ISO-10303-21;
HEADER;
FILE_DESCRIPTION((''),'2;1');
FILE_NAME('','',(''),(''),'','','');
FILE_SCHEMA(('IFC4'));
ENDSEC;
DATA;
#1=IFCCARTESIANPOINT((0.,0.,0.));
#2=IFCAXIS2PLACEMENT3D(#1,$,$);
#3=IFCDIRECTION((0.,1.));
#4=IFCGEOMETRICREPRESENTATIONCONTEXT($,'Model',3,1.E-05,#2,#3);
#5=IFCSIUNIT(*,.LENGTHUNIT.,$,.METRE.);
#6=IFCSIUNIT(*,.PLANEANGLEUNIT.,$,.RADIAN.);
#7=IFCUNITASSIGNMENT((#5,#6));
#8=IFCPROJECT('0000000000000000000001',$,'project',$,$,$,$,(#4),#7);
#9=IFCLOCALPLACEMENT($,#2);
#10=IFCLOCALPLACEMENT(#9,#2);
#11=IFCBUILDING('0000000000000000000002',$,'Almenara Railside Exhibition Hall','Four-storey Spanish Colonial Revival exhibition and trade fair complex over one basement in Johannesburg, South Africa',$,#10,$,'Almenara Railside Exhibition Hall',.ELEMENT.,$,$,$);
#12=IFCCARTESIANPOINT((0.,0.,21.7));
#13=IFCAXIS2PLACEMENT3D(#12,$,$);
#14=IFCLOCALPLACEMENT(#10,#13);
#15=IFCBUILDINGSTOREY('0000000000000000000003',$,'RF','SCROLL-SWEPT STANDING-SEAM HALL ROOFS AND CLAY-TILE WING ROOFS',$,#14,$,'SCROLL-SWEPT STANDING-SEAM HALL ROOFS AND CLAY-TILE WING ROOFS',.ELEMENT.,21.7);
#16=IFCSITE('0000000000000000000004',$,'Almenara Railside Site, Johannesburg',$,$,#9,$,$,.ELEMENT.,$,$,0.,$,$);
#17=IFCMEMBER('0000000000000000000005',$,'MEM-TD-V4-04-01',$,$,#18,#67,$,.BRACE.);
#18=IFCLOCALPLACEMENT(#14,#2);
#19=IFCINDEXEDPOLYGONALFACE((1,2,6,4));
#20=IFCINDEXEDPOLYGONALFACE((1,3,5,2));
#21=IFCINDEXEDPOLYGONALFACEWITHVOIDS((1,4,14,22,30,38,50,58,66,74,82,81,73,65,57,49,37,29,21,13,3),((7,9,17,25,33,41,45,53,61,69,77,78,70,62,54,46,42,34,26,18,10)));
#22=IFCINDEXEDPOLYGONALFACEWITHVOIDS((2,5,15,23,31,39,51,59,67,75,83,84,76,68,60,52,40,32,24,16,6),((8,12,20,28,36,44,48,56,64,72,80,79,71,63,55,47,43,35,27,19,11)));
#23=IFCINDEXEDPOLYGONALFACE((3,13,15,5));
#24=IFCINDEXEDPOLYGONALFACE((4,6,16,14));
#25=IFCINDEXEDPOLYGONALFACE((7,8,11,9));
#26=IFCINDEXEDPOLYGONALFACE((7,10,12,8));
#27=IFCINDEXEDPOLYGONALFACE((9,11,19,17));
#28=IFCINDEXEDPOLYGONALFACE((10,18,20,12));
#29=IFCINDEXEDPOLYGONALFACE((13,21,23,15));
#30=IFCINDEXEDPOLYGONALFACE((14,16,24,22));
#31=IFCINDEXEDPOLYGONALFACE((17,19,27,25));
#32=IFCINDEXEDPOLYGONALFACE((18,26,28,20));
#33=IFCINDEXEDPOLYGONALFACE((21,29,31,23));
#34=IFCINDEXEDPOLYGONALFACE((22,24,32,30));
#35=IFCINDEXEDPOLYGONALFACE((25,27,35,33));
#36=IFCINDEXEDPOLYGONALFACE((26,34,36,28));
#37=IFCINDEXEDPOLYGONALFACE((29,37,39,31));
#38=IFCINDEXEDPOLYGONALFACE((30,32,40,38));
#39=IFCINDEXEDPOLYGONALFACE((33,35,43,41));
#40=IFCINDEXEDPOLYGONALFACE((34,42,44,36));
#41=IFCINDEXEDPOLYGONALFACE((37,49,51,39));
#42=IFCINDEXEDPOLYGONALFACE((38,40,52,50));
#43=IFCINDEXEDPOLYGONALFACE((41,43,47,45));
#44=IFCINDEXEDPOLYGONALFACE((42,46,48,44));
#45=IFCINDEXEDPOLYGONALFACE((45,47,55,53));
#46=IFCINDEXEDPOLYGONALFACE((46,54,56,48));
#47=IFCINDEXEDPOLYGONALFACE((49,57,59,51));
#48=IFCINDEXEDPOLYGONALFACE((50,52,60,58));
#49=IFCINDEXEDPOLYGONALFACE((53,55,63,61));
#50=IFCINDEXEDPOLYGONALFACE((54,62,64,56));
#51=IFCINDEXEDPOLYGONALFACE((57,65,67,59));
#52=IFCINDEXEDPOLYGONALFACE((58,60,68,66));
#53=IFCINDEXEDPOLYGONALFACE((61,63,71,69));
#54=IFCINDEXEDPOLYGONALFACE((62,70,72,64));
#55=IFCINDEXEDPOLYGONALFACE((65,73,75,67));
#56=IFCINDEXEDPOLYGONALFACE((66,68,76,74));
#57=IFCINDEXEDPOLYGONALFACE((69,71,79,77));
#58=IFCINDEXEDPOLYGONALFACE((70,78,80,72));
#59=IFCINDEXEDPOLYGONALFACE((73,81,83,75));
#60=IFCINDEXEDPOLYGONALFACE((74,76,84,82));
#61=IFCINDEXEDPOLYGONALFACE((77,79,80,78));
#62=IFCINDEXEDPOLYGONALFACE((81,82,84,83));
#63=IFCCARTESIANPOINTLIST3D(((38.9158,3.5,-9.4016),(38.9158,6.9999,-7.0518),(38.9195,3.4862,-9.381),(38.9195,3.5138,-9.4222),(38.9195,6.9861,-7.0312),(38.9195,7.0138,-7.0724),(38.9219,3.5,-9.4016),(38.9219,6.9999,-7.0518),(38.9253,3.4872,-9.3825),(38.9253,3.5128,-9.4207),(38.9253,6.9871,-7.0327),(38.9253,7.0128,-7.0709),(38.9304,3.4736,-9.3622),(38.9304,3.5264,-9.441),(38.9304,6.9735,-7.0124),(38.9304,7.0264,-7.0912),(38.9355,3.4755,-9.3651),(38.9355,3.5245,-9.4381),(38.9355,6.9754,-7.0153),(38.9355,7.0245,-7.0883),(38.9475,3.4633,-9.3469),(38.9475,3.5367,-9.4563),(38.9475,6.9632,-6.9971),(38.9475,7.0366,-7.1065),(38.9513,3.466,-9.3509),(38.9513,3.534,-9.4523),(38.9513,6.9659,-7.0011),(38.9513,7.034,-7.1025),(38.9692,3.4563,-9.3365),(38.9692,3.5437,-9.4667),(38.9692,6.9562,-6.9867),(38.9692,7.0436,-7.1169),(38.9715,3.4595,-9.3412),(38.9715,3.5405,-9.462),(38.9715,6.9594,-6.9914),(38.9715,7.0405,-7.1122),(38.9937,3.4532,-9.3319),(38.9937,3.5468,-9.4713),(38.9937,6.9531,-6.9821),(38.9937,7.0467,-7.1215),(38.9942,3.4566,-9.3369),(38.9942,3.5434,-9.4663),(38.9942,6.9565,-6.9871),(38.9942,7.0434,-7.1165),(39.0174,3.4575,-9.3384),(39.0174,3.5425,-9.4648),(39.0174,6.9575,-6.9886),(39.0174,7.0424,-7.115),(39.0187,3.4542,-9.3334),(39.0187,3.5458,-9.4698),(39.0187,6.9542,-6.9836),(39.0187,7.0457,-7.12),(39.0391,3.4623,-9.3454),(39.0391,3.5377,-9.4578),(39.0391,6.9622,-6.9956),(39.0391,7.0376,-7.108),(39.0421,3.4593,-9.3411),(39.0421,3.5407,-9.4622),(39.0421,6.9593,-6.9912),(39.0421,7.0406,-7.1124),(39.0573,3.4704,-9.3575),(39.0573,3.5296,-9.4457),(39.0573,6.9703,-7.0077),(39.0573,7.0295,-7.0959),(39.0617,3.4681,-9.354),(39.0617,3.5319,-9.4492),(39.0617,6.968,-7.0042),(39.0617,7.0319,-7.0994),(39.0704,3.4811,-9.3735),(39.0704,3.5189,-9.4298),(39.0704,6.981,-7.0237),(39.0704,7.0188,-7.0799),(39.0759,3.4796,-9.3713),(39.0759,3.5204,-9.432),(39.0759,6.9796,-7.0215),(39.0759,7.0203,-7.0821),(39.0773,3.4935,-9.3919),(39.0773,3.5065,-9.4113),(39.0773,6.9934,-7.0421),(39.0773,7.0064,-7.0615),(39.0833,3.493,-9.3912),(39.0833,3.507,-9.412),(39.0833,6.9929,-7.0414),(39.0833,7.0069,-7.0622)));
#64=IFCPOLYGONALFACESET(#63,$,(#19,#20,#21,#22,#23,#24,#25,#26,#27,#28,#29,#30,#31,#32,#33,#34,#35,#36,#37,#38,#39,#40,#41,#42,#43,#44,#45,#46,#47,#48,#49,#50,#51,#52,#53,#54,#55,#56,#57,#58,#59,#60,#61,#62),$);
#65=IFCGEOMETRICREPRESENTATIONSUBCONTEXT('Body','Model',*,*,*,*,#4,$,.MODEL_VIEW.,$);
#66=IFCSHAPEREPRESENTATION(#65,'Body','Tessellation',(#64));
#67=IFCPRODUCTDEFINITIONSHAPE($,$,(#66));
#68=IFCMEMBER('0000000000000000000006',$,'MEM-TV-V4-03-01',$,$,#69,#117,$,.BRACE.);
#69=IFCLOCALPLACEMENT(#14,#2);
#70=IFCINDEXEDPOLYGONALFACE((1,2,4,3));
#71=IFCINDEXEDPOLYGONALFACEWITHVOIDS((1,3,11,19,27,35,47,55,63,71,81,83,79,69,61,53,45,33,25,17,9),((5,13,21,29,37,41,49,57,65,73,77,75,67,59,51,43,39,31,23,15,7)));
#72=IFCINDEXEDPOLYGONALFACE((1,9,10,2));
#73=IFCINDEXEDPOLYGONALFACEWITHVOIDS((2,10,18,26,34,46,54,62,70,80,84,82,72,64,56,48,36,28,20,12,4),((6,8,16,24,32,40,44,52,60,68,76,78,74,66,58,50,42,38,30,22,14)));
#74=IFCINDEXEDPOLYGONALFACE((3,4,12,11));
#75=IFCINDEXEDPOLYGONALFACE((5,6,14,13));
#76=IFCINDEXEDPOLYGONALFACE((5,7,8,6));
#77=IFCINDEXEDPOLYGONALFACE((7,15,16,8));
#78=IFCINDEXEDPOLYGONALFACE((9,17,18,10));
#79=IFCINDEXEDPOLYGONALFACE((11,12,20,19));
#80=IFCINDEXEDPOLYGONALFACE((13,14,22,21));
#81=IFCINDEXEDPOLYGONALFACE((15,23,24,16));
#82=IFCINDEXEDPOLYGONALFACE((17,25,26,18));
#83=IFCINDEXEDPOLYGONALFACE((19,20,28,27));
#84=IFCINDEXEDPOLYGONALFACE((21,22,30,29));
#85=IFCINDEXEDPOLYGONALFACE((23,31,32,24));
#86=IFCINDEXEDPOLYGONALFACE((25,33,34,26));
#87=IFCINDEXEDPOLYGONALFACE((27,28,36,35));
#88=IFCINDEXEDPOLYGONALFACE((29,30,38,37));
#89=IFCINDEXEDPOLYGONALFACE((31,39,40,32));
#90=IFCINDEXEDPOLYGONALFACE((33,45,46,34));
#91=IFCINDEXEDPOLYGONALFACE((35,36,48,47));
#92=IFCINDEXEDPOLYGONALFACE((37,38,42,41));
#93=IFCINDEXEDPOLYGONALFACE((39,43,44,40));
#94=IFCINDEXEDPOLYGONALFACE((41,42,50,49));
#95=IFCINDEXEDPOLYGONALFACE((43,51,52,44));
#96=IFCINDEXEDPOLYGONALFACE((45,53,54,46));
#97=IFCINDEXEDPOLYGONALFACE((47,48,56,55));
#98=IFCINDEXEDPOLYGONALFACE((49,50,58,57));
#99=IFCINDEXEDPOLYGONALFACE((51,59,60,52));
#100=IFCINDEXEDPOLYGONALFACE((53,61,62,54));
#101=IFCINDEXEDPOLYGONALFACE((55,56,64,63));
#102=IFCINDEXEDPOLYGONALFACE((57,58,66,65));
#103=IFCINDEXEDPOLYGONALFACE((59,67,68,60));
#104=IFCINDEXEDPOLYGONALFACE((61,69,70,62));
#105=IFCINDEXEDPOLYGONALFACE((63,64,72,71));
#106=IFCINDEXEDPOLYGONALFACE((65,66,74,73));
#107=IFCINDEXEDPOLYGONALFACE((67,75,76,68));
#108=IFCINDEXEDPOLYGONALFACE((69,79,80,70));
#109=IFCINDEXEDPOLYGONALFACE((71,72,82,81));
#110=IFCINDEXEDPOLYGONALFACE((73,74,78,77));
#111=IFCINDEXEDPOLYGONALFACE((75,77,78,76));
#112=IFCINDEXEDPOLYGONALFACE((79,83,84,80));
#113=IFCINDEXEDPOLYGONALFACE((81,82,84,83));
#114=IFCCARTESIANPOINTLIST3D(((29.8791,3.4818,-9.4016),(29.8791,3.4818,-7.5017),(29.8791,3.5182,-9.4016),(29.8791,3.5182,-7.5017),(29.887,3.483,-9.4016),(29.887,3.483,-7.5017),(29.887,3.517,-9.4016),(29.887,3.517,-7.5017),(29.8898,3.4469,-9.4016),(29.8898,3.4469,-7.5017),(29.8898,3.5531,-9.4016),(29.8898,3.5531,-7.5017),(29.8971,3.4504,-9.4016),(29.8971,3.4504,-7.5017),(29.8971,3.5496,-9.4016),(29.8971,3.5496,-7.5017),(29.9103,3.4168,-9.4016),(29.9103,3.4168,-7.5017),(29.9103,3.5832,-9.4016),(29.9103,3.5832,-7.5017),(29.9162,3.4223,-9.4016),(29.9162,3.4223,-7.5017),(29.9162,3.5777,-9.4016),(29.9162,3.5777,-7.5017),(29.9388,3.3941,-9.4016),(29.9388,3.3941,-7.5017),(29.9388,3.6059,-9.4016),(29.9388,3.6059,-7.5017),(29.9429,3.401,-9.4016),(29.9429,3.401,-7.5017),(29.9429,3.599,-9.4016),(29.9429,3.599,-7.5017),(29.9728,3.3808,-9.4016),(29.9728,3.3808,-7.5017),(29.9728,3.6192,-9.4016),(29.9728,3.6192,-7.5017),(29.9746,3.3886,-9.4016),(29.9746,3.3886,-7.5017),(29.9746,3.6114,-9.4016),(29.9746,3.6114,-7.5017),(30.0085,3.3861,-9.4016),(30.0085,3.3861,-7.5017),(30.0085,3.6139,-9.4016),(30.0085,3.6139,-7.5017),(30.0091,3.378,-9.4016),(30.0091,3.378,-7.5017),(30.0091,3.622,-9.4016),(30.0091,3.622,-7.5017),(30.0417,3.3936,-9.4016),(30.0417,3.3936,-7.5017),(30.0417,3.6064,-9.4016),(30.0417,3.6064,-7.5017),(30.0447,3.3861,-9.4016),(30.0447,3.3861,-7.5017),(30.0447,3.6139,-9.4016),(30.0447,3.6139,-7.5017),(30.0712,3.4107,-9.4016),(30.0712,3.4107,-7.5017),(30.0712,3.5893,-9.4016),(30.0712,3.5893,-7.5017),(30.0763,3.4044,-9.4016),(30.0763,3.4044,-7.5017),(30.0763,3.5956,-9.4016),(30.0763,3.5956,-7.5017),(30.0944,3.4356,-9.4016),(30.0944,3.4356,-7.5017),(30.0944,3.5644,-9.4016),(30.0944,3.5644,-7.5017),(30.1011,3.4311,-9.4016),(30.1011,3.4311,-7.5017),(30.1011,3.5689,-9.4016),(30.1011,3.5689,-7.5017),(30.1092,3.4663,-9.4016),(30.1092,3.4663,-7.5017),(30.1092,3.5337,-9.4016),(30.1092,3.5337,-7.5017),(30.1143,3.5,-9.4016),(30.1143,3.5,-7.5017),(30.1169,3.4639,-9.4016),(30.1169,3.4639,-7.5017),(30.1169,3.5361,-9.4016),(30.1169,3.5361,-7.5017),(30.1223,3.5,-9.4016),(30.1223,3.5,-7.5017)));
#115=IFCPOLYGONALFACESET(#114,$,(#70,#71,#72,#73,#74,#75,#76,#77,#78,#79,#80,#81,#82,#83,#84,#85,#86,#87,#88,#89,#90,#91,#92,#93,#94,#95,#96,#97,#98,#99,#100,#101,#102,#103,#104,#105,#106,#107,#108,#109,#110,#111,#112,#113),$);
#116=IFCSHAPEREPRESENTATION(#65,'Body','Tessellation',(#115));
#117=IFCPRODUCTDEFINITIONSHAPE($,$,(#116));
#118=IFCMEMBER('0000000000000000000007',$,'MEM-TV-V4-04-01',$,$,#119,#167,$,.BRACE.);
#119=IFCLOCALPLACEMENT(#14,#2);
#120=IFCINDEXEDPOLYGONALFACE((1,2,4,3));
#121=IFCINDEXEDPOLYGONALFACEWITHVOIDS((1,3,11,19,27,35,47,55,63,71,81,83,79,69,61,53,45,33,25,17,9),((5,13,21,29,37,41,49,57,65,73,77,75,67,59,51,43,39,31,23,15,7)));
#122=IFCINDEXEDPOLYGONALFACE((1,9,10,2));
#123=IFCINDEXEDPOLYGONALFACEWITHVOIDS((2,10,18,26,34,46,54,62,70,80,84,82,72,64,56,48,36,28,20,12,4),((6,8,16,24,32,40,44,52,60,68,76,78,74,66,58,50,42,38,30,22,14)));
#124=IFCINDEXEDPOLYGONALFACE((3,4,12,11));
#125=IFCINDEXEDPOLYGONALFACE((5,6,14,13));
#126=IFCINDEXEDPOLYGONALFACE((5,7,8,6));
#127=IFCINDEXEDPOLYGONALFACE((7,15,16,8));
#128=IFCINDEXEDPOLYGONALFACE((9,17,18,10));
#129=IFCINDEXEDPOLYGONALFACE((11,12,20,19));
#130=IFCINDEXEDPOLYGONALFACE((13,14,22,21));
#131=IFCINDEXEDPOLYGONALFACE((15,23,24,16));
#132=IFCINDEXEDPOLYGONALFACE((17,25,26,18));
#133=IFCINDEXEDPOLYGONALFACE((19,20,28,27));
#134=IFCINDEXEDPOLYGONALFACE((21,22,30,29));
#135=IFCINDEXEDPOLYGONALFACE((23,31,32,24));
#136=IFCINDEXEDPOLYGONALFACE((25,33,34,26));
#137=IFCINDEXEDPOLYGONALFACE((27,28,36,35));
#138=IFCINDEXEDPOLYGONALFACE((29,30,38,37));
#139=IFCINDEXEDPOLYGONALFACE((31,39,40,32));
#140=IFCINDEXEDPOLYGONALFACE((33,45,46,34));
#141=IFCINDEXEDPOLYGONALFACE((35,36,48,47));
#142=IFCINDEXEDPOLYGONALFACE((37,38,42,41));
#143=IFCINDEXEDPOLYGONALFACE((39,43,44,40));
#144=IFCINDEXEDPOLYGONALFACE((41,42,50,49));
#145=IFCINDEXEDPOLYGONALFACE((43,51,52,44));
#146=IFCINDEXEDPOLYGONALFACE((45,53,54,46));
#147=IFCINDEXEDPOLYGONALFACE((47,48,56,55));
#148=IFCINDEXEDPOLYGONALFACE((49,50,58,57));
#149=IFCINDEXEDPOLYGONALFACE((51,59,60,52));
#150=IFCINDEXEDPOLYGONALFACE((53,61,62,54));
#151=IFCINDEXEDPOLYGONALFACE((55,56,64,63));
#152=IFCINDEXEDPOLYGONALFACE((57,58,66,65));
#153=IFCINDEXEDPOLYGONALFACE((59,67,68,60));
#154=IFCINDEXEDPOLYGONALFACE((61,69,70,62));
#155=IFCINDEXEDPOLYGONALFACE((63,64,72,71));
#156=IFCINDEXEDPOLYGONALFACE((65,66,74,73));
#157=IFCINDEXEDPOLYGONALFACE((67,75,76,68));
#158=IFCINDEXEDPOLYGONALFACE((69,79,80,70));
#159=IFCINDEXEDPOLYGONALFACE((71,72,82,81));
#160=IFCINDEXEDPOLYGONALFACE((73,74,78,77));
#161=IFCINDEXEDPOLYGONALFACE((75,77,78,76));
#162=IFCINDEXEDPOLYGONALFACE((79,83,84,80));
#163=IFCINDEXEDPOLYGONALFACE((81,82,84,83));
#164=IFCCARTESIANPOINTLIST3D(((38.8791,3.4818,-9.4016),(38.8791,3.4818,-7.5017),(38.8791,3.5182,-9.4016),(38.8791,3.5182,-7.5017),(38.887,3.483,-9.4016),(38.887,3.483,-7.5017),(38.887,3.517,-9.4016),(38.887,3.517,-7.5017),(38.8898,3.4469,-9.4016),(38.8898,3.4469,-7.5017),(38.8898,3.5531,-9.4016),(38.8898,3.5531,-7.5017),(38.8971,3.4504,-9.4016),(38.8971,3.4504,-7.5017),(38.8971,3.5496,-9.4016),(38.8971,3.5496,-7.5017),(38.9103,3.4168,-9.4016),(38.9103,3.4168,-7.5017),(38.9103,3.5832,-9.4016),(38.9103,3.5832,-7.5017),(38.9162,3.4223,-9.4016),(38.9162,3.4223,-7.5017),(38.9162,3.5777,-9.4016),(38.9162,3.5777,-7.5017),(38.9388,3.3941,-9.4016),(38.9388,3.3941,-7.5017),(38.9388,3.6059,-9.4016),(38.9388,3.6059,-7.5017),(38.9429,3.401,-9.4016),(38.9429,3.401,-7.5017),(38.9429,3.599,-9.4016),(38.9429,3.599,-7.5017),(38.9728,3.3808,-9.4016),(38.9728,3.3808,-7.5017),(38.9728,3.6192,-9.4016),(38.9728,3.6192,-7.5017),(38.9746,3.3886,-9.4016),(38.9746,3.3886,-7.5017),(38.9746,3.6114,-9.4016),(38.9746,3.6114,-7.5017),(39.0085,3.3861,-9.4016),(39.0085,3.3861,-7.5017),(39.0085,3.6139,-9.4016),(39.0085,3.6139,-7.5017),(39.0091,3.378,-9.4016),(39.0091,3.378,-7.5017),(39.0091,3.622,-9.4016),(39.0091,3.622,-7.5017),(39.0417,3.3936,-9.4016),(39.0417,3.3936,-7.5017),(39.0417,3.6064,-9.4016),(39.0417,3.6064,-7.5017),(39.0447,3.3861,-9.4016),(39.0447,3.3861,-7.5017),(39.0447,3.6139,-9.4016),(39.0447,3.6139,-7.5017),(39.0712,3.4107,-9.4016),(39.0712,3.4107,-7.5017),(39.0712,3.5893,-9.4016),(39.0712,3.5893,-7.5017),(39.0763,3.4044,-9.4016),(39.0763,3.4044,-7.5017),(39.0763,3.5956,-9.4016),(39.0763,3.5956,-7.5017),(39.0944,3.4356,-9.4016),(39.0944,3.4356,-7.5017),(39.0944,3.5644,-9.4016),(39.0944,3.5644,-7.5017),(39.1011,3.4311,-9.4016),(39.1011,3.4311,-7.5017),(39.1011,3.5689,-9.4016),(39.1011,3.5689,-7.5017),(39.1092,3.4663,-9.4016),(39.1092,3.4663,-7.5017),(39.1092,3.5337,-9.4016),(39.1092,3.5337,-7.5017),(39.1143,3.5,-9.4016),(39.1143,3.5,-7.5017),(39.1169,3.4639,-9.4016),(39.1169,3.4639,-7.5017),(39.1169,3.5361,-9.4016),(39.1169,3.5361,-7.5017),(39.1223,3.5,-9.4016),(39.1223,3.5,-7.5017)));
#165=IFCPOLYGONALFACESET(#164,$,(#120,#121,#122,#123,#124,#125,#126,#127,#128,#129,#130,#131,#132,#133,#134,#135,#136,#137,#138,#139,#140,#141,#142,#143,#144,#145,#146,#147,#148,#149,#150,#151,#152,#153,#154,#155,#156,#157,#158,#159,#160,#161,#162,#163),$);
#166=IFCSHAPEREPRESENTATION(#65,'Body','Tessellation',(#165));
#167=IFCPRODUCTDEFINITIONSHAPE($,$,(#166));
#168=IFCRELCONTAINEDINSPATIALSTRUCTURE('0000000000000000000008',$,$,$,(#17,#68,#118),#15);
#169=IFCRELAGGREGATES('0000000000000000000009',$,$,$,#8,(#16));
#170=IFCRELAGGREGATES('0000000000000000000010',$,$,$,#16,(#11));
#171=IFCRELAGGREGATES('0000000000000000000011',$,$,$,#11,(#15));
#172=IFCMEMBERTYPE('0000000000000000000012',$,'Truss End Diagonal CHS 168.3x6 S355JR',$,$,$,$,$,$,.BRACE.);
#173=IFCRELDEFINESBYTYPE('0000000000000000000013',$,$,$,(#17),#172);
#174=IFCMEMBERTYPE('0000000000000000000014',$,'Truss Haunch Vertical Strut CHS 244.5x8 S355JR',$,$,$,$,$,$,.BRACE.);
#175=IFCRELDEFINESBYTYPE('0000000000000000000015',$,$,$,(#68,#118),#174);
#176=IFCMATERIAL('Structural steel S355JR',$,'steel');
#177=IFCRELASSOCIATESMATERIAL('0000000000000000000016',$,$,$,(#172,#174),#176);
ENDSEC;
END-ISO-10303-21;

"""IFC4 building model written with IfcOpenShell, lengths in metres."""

from ifc_helpers import new_model, si_unit, direction, frame, origin, origin_2d, place, context, subcontext, project, spatial, hollow_circle, extrude, material, material_profile, profile_set, type_object, element, save


model = new_model("IFC4")

# Units and contexts
model_context = context("Model", 3, precision=1e-05, world=origin(), true_north=direction((0.0, 1.0)))
body_context = subcontext(model_context, "Body", "Model", "MODEL_VIEW")
ifc_project = project(units=[si_unit("LENGTHUNIT", "METRE"), si_unit("PLANEANGLEUNIT", "RADIAN")], contexts=[model_context])

# Site, building, storey
site_placement = place(None, origin())
site = spatial("IfcSite", under=ifc_project, at=site_placement, Name="Almenara Railside Site, Johannesburg", CompositionType="ELEMENT", RefElevation=0.0)
building_placement = place(site_placement, origin())
building = spatial("IfcBuilding", under=site, at=building_placement, Name="Almenara Railside Exhibition Hall", Description="Four-storey Spanish Colonial Revival exhibition and trade fair complex over one basement in Johannesburg, South Africa", LongName="Almenara Railside Exhibition Hall", CompositionType="ELEMENT")
storey_placement = place(building_placement, frame((0.0, 0.0, 21.7)))
storey = spatial("IfcBuildingStorey", under=building, at=storey_placement, Name="RF", Description="SCROLL-SWEPT STANDING-SEAM HALL ROOFS AND CLAY-TILE WING ROOFS", LongName="SCROLL-SWEPT STANDING-SEAM HALL ROOFS AND CLAY-TILE WING ROOFS", CompositionType="ELEMENT", Elevation=21.7)

# Shared definitions
ifc_material = material(Name="Structural steel S355JR", Category="steel")

# Members
ifc_material_profile_1 = material_profile(ifc_material, hollow_circle(Radius=0.0842, WallThickness=0.0061, at=origin_2d()), Name="CHS 168.3x6")
ifc_profile_set_1 = profile_set([ifc_material_profile_1], Name="Structural steel S355JR")
member_type_1 = type_object("IfcMemberType", Name="Truss End Diagonal CHS 168.3x6 S355JR", PredefinedType="BRACE", material=ifc_profile_set_1)
member_1_placement = place(storey_placement, frame((39.0, 3.5, -9.4016), z_axis=(0.0, 0.830237, 0.55741), x_axis=(-1.0, 0.0, 0.0)))
element("IfcMember", 1, at=member_1_placement, inside=storey, type_object=member_type_1, Name="MEM-TD-V4-04-01", PredefinedType="BRACE", context=body_context, shape_type="SweptSolid", body=[
    extrude(hollow_circle(Radius=0.0842, WallThickness=0.0061, at=origin_2d()), origin(), (0.0, 0.0, 1.0), 4.2156),
])
ifc_material_profile_2 = material_profile(ifc_material, hollow_circle(Radius=0.1223, WallThickness=0.0081, at=origin_2d()), Name="CHS 244.5x8")
ifc_profile_set_2 = profile_set([ifc_material_profile_2], Name="Structural steel S355JR")
member_type_2 = type_object("IfcMemberType", Name="Truss Haunch Vertical Strut CHS 244.5x8 S355JR", PredefinedType="BRACE", material=ifc_profile_set_2)
for number, where, z_axis, x_axis, name in (
    (2, (30.0, 3.5, -9.4016), (0.0, 0.0, 1.0), (1.0, 0.0, 0.0), "MEM-TV-V4-03-01"),
    (3, (39.0, 3.5, -9.4016), (0.0, 0.0, 1.0), (1.0, 0.0, 0.0), "MEM-TV-V4-04-01"),
):
    element("IfcMember", number, at=place(storey_placement, frame(where, z_axis=z_axis, x_axis=x_axis)), inside=storey, type_object=member_type_2, Name=name, PredefinedType="BRACE", context=body_context, shape_type="SweptSolid", body=[
        extrude(hollow_circle(Radius=0.1223, WallThickness=0.0081, at=origin_2d()), origin(), (0.0, 0.0, 1.0), 1.8999),
    ])

save(model, "model.ifc")
